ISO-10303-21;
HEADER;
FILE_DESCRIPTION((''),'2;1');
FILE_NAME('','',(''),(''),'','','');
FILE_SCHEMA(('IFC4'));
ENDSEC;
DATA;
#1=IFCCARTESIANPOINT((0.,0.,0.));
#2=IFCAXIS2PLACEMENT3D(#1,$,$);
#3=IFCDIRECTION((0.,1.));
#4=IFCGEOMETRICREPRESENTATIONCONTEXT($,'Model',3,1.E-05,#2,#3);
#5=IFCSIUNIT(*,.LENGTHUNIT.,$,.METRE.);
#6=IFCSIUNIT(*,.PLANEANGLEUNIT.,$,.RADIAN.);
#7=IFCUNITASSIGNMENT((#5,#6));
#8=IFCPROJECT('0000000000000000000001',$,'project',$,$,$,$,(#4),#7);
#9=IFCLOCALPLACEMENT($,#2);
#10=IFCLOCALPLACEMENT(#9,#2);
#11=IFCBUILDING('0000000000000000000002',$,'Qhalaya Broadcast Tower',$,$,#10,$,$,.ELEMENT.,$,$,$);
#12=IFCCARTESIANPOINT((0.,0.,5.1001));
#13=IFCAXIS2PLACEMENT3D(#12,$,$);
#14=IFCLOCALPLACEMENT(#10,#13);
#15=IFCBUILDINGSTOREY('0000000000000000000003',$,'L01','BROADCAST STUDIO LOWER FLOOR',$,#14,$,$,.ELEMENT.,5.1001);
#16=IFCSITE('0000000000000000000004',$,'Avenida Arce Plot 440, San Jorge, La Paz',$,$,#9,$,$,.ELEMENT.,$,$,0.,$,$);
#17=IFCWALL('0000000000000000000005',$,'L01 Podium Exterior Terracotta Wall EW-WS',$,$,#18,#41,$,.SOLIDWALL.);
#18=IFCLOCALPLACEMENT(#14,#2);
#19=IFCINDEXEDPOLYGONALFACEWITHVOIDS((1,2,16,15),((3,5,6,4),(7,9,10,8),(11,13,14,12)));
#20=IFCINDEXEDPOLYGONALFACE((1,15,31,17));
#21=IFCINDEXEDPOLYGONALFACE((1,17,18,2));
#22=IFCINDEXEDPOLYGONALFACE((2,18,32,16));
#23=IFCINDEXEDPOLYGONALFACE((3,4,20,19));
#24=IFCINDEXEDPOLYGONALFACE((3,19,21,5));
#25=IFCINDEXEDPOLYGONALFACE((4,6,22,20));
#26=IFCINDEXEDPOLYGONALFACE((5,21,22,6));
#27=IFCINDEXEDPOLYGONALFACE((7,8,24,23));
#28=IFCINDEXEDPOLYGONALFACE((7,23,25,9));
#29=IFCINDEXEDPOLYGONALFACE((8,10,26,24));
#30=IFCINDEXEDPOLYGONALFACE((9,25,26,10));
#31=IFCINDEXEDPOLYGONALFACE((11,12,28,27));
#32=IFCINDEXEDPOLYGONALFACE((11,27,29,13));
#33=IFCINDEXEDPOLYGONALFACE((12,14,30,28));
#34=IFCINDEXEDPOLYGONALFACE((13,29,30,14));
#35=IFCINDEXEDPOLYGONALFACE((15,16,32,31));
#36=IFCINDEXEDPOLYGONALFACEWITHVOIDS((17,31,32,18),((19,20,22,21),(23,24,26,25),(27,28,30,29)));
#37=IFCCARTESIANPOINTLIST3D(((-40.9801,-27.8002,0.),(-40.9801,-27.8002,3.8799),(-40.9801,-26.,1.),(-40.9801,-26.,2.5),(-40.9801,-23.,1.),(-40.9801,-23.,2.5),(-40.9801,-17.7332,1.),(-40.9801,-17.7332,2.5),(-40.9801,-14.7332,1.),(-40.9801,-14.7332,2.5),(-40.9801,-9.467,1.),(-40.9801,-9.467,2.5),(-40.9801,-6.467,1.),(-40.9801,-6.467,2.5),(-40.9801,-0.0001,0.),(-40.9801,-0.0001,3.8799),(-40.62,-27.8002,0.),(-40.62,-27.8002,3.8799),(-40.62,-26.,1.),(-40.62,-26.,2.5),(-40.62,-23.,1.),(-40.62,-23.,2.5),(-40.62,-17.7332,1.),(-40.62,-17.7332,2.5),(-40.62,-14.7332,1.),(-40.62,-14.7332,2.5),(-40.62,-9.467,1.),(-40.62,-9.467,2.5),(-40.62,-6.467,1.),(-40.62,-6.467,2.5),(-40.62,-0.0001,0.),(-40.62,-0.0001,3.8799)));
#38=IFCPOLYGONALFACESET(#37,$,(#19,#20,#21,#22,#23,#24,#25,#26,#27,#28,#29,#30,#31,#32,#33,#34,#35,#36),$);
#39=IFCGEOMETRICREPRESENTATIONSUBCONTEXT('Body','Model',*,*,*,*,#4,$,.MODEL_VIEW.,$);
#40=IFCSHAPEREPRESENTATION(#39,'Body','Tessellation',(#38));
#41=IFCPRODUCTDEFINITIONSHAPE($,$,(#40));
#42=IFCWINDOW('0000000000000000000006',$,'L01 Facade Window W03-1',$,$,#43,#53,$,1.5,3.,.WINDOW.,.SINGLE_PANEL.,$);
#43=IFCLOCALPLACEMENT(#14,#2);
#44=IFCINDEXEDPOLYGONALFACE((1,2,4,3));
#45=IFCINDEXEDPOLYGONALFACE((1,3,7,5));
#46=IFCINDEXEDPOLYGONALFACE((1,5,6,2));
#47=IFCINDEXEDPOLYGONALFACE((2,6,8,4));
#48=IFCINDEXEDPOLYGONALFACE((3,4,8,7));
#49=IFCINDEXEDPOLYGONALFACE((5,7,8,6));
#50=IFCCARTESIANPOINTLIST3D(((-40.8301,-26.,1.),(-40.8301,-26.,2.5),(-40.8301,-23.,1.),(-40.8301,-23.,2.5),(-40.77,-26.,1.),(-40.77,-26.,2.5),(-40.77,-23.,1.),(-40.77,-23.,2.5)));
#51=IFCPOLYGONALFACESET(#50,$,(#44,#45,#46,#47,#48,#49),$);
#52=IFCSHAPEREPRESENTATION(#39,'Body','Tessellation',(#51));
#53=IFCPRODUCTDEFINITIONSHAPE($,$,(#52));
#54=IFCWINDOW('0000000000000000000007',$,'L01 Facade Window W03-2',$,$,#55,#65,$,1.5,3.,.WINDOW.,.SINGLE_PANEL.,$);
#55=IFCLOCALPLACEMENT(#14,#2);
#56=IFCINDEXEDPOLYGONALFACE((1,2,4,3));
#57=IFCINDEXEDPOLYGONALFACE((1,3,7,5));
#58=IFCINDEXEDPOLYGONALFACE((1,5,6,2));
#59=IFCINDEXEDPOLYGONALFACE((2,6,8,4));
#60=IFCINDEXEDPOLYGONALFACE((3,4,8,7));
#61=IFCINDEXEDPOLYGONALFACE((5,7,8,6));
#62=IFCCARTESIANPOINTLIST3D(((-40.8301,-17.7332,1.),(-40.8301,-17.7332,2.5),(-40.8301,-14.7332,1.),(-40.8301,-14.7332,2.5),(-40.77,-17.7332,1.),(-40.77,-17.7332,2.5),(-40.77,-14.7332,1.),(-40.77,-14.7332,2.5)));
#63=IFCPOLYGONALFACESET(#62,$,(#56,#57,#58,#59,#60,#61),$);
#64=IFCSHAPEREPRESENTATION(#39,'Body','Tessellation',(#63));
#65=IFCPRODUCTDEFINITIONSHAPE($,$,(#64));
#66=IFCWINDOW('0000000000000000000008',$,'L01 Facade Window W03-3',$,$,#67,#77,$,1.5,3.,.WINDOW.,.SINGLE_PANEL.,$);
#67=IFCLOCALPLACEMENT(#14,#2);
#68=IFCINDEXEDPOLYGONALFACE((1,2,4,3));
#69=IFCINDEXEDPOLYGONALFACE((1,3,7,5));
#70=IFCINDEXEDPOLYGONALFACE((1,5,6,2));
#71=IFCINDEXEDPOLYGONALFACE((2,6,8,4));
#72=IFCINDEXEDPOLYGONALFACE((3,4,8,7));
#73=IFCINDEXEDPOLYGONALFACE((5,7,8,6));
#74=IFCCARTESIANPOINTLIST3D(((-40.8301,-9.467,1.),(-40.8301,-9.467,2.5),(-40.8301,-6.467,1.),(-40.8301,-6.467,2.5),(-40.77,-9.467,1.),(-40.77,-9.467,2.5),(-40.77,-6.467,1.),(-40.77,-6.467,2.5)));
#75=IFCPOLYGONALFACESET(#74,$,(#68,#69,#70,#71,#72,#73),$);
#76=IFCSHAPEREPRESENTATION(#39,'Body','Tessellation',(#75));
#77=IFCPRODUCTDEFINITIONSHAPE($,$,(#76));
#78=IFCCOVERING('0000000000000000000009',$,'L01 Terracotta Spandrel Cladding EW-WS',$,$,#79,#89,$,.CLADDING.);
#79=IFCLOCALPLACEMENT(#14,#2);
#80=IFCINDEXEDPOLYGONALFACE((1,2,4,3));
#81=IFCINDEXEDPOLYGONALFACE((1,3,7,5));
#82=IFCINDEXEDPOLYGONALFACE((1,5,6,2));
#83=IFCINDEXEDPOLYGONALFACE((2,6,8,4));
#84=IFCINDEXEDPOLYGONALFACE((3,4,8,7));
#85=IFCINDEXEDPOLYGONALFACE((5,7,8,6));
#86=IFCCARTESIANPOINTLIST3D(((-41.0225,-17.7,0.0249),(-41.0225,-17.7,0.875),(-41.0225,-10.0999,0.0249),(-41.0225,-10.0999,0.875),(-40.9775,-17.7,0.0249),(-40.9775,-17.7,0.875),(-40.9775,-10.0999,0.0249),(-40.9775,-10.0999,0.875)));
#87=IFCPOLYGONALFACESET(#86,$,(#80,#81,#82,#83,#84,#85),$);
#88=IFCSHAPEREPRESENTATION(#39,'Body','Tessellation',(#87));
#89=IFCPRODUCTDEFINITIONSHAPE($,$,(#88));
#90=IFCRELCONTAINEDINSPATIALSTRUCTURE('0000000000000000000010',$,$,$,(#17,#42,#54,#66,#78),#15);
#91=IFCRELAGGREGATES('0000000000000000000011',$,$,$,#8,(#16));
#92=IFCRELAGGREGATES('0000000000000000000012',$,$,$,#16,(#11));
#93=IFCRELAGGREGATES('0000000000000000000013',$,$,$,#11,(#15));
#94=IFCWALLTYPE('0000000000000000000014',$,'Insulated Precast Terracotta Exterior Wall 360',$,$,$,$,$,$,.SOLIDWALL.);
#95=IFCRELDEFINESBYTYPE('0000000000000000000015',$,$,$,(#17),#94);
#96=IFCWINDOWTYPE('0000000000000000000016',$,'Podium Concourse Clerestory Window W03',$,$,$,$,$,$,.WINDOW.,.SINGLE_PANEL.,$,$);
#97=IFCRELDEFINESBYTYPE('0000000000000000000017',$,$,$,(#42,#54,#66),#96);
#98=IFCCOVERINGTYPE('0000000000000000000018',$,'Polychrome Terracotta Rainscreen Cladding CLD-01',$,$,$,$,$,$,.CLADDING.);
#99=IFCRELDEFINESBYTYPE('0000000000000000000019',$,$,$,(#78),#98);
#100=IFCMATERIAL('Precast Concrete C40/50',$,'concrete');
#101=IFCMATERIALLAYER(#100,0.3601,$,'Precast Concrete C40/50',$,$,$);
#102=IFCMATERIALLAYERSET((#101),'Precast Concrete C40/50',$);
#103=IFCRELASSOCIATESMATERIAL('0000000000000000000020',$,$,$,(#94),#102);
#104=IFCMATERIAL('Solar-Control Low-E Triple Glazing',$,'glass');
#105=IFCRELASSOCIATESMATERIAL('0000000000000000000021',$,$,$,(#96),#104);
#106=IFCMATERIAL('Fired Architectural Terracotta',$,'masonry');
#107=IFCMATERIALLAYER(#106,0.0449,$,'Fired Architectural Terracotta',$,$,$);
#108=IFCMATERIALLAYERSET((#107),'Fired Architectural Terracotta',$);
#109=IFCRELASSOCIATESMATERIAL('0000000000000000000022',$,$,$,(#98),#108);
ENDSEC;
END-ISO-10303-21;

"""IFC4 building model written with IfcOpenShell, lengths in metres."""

from ifc_helpers import new_model, si_unit, direction, frame, frame_2d, origin, origin_2d, place, context, subcontext, project, spatial, rectangle, extrude, material, layer, layer_set, type_object, element, fill, save


model = new_model("IFC4")

# Units and contexts
model_context = context("Model", 3, precision=1e-05, world=origin(), true_north=direction((0.0, 1.0)))
body_context = subcontext(model_context, "Body", "Model", "MODEL_VIEW")
ifc_project = project(units=[si_unit("LENGTHUNIT", "METRE"), si_unit("PLANEANGLEUNIT", "RADIAN")], contexts=[model_context])

# Site, building, storey
site_placement = place(None, origin())
site = spatial("IfcSite", under=ifc_project, at=site_placement, Name="Avenida Arce Plot 440, San Jorge, La Paz", CompositionType="ELEMENT", RefElevation=0.0)
building_placement = place(site_placement, origin())
building = spatial("IfcBuilding", under=site, at=building_placement, Name="Qhalaya Broadcast Tower", CompositionType="ELEMENT")
storey_placement = place(building_placement, frame((0.0, 0.0, 5.1001)))
storey = spatial("IfcBuildingStorey", under=building, at=storey_placement, Name="L01", Description="BROADCAST STUDIO LOWER FLOOR", CompositionType="ELEMENT", Elevation=5.1001)

# Wall, openings, windows
ifc_material_1 = material(Name="Precast Concrete C40/50", Category="concrete")
ifc_layer_1 = layer(ifc_material_1, 0.3601, Name="Precast Concrete C40/50")
ifc_layer_set_1 = layer_set([ifc_layer_1], Name="Precast Concrete C40/50")
wall_type_1 = type_object("IfcWallType", Name="Insulated Precast Terracotta Exterior Wall 360", PredefinedType="SOLIDWALL", material=ifc_layer_set_1)
wall_1_placement = place(storey_placement, frame((-40.8, -27.8, 0.0), z_axis=(0.0, 0.0, 1.0), x_axis=(0.0, 1.0, 0.0)))
wall_1 = element("IfcWall", 1, at=wall_1_placement, inside=storey, type_object=wall_type_1, Name="L01 Podium Exterior Terracotta Wall EW-WS", PredefinedType="SOLIDWALL", context=body_context, shape_type="SweptSolid", body=[
    extrude(rectangle(XDim=27.8, YDim=0.3601, at=frame_2d((13.8999, 0.0))), origin(), (0.0, 0.0, 1.0), 3.8799),
])
opening_1_placement = place(wall_1_placement, frame((1.8, 0.0, 1.0)))
opening_1 = element("IfcOpeningElement", 2, at=opening_1_placement, cuts=wall_1, PredefinedType="OPENING", context=body_context, shape_type="SweptSolid", body=[
    extrude(rectangle(XDim=3.0, YDim=1.5, at=frame_2d((1.5, 0.75))), frame((0.0, 0.1921, 0.0), z_axis=(0.0, -1.0, 0.0), x_axis=(1.0, 0.0, 0.0)), (0.0, 0.0, 1.0), 0.384),
])
opening_2_placement = place(wall_1_placement, frame((10.0669, 0.0, 1.0)))
opening_2 = element("IfcOpeningElement", 3, at=opening_2_placement, cuts=wall_1, PredefinedType="OPENING", context=body_context, shape_type="SweptSolid", body=[
    extrude(rectangle(XDim=3.0, YDim=1.5, at=frame_2d((1.5, 0.75))), frame((0.0, 0.1921, 0.0), z_axis=(0.0, -1.0, 0.0), x_axis=(1.0, 0.0, 0.0)), (0.0, 0.0, 1.0), 0.384),
])
opening_3_placement = place(wall_1_placement, frame((18.333, 0.0, 1.0)))
opening_3 = element("IfcOpeningElement", 4, at=opening_3_placement, cuts=wall_1, PredefinedType="OPENING", context=body_context, shape_type="SweptSolid", body=[
    extrude(rectangle(XDim=3.0, YDim=1.5, at=frame_2d((1.5, 0.75))), frame((0.0, 0.1921, 0.0), z_axis=(0.0, -1.0, 0.0), x_axis=(1.0, 0.0, 0.0)), (0.0, 0.0, 1.0), 0.384),
])
ifc_material_2 = material(Name="Solar-Control Low-E Triple Glazing", Category="glass")
window_type = type_object("IfcWindowType", Name="Podium Concourse Clerestory Window W03", PartitioningType="SINGLE_PANEL", PredefinedType="WINDOW", material=ifc_material_2)
window_1_placement = place(opening_1_placement, origin())
window_1 = element("IfcWindow", 5, at=window_1_placement, inside=storey, type_object=window_type, Name="L01 Facade Window W03-1", OverallHeight=1.5, OverallWidth=3.0, PartitioningType="SINGLE_PANEL", PredefinedType="WINDOW", context=body_context, shape_type="SweptSolid", body=[
    extrude(rectangle(XDim=3.0, YDim=1.5, at=frame_2d((1.5, 0.75))), frame((0.0, 0.03, 0.0), z_axis=(0.0, -1.0, 0.0), x_axis=(1.0, 0.0, 0.0)), (0.0, 0.0, 1.0), 0.0601),
])
fill(opening_1, window_1)
window_2_placement = place(opening_2_placement, origin())
window_2 = element("IfcWindow", 6, at=window_2_placement, inside=storey, type_object=window_type, Name="L01 Facade Window W03-2", OverallHeight=1.5, OverallWidth=3.0, PartitioningType="SINGLE_PANEL", PredefinedType="WINDOW", context=body_context, shape_type="SweptSolid", body=[
    extrude(rectangle(XDim=3.0, YDim=1.5, at=frame_2d((1.5, 0.75))), frame((0.0, 0.03, 0.0), z_axis=(0.0, -1.0, 0.0), x_axis=(1.0, 0.0, 0.0)), (0.0, 0.0, 1.0), 0.0601),
])
fill(opening_2, window_2)
window_3_placement = place(opening_3_placement, origin())
window_3 = element("IfcWindow", 7, at=window_3_placement, inside=storey, type_object=window_type, Name="L01 Facade Window W03-3", OverallHeight=1.5, OverallWidth=3.0, PartitioningType="SINGLE_PANEL", PredefinedType="WINDOW", context=body_context, shape_type="SweptSolid", body=[
    extrude(rectangle(XDim=3.0, YDim=1.5, at=frame_2d((1.5, 0.75))), frame((0.0, 0.03, 0.0), z_axis=(0.0, -1.0, 0.0), x_axis=(1.0, 0.0, 0.0)), (0.0, 0.0, 1.0), 0.0601),
])
fill(opening_3, window_3)

# Covering
ifc_material_3 = material(Name="Fired Architectural Terracotta", Category="masonry")
ifc_layer_2 = layer(ifc_material_3, 0.0449, Name="Fired Architectural Terracotta")
ifc_layer_set_2 = layer_set([ifc_layer_2], Name="Fired Architectural Terracotta")
covering_type = type_object("IfcCoveringType", Name="Polychrome Terracotta Rainscreen Cladding CLD-01", PredefinedType="CLADDING", material=ifc_layer_set_2)
covering_placement = place(storey_placement, frame((-41.0, -13.8999, 0.0249), z_axis=(0.0, 0.0, 1.0), x_axis=(0.0, 1.0, 0.0)))
element("IfcCovering", 8, at=covering_placement, inside=storey, type_object=covering_type, Name="L01 Terracotta Spandrel Cladding EW-WS", PredefinedType="CLADDING", context=body_context, shape_type="SweptSolid", body=[
    extrude(rectangle(XDim=7.6001, YDim=0.0449, at=origin_2d()), origin(), (0.0, 0.0, 1.0), 0.8501),
])

save(model, "model.ifc")
